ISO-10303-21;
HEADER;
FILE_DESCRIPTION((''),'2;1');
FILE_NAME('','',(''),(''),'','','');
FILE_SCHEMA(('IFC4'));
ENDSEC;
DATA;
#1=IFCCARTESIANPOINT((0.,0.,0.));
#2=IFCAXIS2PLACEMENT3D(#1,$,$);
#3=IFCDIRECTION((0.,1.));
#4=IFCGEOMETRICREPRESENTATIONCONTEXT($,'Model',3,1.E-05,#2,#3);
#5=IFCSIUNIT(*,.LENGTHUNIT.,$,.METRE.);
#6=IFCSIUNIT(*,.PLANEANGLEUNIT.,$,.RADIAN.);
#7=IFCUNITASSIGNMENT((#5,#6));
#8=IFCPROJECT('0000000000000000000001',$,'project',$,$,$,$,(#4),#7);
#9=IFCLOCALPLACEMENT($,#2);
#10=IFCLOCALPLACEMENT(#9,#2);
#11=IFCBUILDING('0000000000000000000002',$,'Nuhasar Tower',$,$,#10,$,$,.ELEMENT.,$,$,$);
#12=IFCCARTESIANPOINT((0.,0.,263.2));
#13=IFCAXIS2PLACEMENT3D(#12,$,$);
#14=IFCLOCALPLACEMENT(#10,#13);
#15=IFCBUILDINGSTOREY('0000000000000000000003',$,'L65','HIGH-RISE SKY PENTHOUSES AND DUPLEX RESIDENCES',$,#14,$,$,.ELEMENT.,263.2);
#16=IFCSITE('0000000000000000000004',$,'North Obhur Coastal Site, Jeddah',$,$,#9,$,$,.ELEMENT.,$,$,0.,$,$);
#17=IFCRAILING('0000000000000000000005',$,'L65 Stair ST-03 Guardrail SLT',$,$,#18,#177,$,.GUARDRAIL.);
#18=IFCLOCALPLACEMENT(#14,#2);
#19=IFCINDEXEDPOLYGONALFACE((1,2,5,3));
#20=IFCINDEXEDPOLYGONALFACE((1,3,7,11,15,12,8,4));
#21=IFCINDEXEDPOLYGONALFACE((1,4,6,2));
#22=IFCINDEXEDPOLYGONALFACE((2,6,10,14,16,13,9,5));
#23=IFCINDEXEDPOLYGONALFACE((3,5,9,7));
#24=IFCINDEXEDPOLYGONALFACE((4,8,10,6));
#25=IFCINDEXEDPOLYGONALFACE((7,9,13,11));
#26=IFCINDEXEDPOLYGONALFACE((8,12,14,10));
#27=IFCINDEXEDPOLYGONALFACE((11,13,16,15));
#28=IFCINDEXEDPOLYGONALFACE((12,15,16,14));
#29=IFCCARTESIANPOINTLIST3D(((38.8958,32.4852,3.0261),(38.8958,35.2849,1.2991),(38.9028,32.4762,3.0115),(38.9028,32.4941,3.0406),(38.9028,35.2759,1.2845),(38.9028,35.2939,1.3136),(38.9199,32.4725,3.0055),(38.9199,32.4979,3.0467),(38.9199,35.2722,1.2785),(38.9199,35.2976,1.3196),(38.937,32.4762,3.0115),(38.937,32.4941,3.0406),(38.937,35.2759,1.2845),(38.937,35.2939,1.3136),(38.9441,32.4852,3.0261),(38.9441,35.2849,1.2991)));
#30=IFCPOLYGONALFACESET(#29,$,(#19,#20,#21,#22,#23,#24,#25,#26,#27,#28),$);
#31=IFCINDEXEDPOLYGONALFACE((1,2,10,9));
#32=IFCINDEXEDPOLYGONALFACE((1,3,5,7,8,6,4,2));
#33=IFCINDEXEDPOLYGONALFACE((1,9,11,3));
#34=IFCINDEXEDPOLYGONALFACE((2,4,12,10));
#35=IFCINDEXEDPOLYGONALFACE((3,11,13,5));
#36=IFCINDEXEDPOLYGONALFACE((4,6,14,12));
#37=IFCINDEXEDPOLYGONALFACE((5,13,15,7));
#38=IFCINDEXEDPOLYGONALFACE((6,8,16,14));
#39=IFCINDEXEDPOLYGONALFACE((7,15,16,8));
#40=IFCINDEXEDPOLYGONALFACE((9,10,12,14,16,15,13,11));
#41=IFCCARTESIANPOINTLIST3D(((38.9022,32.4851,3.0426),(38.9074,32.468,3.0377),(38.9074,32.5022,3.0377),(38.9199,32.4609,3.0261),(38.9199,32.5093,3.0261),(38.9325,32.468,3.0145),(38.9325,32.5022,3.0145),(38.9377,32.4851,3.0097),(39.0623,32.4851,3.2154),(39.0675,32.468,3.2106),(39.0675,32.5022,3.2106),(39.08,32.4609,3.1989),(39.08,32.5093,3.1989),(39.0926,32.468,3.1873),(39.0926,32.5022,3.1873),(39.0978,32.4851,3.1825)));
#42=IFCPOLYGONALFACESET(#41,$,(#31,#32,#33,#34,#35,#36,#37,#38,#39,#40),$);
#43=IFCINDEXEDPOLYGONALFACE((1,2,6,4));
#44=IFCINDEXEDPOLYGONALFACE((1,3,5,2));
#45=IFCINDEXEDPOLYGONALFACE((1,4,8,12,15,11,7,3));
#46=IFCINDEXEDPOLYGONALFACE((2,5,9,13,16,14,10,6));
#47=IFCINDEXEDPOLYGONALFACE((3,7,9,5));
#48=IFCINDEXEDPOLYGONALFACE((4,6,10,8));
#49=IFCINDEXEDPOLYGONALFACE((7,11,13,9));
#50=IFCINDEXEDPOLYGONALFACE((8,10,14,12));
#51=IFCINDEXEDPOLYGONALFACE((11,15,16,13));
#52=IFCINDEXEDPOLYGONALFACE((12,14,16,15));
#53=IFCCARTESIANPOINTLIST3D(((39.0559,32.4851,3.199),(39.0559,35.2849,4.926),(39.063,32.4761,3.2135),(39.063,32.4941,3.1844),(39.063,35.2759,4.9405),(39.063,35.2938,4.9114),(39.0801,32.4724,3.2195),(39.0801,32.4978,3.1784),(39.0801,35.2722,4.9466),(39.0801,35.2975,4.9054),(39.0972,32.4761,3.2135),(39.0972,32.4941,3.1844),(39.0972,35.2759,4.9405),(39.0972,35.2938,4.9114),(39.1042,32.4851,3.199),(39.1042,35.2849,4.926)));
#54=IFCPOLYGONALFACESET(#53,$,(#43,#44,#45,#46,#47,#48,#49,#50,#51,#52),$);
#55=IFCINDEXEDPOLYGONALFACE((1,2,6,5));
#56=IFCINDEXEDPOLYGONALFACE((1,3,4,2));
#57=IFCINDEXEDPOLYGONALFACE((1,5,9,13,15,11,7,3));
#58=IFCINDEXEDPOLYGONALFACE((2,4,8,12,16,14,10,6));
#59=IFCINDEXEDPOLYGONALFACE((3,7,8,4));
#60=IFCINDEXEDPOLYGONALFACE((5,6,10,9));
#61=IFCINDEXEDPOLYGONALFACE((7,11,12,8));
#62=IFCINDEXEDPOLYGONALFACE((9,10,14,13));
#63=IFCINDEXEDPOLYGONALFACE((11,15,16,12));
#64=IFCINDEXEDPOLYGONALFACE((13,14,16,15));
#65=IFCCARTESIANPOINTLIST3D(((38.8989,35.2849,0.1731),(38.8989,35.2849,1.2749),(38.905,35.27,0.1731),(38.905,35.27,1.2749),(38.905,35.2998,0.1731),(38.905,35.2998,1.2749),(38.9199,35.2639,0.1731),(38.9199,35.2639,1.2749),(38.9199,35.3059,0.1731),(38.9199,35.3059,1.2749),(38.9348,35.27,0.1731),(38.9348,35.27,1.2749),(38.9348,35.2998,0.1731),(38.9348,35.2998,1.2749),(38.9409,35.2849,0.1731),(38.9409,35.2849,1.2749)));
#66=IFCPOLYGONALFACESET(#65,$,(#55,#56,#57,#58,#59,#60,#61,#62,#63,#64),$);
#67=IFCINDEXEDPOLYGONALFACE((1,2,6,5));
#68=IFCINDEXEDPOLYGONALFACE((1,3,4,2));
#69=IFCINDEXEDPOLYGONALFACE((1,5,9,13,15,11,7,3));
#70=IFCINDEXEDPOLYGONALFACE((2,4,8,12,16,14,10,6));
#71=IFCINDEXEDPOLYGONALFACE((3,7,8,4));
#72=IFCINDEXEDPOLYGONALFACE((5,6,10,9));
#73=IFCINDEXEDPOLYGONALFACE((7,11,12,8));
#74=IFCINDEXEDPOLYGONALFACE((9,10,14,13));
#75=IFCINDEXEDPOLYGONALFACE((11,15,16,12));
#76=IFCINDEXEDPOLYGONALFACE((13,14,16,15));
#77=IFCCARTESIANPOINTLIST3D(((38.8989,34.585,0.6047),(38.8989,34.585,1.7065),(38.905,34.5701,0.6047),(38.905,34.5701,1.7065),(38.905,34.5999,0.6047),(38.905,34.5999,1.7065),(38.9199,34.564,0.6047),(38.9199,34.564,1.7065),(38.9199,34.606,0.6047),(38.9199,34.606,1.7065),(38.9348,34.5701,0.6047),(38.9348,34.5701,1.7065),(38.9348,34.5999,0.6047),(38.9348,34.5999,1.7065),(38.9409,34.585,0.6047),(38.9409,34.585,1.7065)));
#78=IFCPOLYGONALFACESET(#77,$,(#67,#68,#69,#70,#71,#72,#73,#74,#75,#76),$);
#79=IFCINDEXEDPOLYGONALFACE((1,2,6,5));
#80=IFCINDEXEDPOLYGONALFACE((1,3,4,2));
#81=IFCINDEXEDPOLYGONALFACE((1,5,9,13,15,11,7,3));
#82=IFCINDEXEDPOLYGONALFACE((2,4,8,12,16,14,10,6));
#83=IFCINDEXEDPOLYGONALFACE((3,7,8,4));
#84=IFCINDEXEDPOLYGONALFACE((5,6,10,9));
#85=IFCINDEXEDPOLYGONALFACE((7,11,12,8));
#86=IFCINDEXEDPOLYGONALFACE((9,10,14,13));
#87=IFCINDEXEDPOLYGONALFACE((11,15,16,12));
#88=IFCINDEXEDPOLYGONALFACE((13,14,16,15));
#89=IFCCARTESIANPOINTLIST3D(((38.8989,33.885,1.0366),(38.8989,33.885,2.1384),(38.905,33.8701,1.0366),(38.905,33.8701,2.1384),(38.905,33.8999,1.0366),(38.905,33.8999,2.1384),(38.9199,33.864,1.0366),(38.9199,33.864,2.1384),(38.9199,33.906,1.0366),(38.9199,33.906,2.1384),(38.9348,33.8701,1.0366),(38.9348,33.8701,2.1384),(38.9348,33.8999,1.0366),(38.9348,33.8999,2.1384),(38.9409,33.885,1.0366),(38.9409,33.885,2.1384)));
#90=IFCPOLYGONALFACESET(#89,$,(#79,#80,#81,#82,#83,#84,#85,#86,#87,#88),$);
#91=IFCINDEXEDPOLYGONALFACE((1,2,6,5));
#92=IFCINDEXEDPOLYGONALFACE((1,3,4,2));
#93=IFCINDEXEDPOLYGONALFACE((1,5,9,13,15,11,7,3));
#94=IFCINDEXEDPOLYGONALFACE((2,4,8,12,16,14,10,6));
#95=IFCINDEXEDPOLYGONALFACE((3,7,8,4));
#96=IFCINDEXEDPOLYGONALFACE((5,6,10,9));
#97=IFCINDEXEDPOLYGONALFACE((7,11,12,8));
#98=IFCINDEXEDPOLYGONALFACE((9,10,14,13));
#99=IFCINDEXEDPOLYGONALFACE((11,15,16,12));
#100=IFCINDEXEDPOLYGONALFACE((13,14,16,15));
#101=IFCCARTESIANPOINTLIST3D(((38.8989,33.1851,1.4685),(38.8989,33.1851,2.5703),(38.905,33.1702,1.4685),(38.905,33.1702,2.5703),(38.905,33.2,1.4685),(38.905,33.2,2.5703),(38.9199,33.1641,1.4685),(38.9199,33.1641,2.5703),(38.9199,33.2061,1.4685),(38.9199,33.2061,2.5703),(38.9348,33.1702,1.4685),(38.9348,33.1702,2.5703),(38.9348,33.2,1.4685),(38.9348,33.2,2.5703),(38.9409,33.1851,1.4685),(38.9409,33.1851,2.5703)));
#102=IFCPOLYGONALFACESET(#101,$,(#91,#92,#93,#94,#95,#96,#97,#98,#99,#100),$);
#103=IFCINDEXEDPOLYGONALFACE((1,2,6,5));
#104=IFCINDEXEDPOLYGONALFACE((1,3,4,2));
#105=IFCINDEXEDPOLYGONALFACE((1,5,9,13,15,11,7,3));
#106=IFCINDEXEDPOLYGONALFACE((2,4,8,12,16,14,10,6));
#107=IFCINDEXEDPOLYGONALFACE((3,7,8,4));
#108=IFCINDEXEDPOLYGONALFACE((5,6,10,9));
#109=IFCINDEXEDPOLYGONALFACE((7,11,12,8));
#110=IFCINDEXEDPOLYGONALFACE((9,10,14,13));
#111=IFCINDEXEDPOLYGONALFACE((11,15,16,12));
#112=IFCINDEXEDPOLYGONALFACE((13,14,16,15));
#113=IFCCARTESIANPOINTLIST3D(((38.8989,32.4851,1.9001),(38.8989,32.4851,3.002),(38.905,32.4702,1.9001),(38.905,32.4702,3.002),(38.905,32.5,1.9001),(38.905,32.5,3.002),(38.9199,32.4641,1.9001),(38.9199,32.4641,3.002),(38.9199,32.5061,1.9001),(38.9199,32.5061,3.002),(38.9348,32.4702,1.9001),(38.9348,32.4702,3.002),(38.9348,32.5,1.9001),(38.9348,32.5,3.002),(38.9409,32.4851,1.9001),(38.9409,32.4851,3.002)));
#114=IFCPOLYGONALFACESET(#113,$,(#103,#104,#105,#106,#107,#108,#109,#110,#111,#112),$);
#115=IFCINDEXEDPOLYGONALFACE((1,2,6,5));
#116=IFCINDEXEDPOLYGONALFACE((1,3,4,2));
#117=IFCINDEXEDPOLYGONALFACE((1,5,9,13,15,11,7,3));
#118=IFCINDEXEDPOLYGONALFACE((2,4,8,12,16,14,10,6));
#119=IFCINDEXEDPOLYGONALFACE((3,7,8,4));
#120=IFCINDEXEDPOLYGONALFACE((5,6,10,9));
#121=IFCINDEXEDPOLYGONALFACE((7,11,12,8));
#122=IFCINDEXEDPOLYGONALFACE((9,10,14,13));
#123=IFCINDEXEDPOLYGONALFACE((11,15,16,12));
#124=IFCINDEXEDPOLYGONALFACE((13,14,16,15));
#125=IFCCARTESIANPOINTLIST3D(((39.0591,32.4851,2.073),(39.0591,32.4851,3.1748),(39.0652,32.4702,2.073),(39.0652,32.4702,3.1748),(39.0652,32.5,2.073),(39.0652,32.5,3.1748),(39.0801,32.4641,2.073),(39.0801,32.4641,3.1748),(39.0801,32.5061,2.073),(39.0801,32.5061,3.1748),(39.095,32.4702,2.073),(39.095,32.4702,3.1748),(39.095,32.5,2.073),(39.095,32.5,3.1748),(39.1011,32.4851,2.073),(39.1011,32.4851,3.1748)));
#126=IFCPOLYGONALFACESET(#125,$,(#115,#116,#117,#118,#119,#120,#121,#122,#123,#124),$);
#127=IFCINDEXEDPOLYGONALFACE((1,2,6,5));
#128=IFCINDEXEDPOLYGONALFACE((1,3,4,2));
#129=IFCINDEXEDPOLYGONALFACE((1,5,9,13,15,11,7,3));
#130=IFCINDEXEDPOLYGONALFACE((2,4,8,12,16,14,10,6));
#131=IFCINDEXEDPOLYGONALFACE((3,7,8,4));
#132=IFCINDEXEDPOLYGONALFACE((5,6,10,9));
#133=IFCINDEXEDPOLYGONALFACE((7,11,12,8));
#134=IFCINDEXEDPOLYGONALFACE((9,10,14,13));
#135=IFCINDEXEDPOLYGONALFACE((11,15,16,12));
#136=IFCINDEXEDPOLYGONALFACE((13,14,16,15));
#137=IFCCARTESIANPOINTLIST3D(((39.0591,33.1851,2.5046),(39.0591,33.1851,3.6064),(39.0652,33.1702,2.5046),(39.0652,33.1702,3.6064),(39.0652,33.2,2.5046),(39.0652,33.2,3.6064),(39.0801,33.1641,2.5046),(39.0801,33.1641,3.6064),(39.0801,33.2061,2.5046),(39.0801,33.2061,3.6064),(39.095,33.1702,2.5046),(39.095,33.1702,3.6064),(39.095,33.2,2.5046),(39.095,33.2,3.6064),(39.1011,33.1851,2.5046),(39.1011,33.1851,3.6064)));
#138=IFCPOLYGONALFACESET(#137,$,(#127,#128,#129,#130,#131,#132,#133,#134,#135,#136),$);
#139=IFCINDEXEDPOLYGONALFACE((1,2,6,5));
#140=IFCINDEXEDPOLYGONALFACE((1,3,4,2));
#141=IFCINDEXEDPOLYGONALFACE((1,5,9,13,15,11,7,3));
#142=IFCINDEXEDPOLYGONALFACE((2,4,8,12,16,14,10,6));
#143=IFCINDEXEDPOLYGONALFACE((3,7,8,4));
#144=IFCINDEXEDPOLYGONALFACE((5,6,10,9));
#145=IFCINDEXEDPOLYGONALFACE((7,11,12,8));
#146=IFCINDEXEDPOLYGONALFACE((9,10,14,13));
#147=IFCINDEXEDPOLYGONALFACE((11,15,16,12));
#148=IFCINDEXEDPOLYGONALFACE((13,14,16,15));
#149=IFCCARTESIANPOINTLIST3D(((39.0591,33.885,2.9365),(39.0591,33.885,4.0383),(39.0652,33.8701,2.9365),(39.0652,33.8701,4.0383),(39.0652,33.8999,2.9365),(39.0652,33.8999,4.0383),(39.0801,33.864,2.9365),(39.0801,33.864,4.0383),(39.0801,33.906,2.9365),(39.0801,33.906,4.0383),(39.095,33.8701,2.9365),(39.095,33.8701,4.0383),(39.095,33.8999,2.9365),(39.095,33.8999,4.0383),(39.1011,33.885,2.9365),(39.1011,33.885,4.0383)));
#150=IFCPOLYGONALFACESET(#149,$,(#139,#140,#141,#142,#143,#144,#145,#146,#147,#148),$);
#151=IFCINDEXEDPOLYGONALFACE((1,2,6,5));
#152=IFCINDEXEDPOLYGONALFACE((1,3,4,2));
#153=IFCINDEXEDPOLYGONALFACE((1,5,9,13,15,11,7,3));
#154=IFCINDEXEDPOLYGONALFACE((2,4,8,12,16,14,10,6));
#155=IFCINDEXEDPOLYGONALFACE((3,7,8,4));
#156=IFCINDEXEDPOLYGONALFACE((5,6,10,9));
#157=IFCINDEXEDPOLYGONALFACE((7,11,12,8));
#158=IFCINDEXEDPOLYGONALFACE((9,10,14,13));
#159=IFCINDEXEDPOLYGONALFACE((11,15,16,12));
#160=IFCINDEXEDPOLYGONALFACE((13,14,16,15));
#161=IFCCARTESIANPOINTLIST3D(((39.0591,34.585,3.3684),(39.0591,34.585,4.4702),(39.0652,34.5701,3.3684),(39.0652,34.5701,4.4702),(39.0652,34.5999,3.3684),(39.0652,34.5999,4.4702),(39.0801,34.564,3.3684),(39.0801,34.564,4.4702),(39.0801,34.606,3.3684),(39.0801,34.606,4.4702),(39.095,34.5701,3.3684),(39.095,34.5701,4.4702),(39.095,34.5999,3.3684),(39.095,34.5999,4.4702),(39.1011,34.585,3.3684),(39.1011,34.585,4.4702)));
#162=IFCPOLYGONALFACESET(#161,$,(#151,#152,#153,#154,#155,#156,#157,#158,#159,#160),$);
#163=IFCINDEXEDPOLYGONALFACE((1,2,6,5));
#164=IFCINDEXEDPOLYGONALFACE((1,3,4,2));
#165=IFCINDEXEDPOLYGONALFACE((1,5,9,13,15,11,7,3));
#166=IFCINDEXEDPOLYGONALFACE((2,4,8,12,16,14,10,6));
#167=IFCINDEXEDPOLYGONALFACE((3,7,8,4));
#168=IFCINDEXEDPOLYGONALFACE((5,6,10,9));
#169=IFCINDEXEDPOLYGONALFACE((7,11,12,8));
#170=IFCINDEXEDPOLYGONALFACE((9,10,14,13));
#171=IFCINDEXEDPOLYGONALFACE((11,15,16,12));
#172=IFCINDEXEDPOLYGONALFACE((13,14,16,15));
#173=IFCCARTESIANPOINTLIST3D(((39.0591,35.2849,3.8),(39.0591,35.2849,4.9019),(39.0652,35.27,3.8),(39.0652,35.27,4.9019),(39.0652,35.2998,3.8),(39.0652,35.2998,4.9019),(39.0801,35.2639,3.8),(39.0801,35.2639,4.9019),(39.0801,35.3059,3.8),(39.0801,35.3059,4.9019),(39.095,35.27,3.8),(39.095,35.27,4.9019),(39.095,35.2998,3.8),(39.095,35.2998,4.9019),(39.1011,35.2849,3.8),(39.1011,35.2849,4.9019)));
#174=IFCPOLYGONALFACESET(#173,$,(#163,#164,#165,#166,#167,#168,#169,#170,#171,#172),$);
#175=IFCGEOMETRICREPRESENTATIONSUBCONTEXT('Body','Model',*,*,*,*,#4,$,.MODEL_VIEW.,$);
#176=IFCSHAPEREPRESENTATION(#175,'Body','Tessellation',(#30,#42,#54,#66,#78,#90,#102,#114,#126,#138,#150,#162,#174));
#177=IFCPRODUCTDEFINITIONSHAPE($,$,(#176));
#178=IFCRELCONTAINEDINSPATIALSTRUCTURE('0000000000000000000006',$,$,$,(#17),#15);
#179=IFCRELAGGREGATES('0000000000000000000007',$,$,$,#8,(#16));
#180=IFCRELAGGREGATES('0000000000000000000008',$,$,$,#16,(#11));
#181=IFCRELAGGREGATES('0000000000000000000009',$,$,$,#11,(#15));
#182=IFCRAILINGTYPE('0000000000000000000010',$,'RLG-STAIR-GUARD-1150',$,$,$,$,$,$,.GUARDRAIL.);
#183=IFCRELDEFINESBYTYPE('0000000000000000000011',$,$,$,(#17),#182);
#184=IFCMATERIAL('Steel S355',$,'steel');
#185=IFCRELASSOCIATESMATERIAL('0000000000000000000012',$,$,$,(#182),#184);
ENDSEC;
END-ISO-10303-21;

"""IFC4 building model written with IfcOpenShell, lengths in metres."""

from ifc_helpers import new_model, si_unit, direction, frame, origin, place, context, subcontext, project, spatial, polyline, outline, extrude, material, type_object, element, save


model = new_model("IFC4")

# Units and contexts
model_context = context("Model", 3, precision=1e-05, world=origin(), true_north=direction((0.0, 1.0)))
body_context = subcontext(model_context, "Body", "Model", "MODEL_VIEW")
ifc_project = project(units=[si_unit("LENGTHUNIT", "METRE"), si_unit("PLANEANGLEUNIT", "RADIAN")], contexts=[model_context])

# Site, building, storey
site_placement = place(None, origin())
site = spatial("IfcSite", under=ifc_project, at=site_placement, Name="North Obhur Coastal Site, Jeddah", CompositionType="ELEMENT", RefElevation=0.0)
building_placement = place(site_placement, origin())
building = spatial("IfcBuilding", under=site, at=building_placement, Name="Nuhasar Tower", CompositionType="ELEMENT")
storey_placement = place(building_placement, frame((0.0, 0.0, 263.2)))
storey = spatial("IfcBuildingStorey", under=building, at=storey_placement, Name="L65", Description="HIGH-RISE SKY PENTHOUSES AND DUPLEX RESIDENCES", CompositionType="ELEMENT", Elevation=263.2)

# Shared definitions
ifc_material_1 = material(Name="Steel S355", Category="steel")

# Railing
railing_type_1 = type_object("IfcRailingType", Name="RLG-STAIR-GUARD-1150", PredefinedType="GUARDRAIL", material=ifc_material_1)
railing_1_placement = place(storey_placement, frame((38.9199, 35.2849, 0.1731)))
element("IfcRailing", 1, at=railing_1_placement, inside=storey, type_object=railing_type_1, Name="L65 Stair ST-03 Guardrail SLT", PredefinedType="GUARDRAIL", context=body_context, shape_type="SweptSolid", body=[
    extrude(outline(polyline([(0.0242, 0.0), (0.0171, 0.0171), (0.0, 0.0242), (-0.0171, 0.0171), (-0.0242, 0.0), (-0.0171, -0.0171), (0.0, -0.0242), (0.0171, -0.0171), (0.0242, 0.0)])), frame((0.0, 0.0, 1.126), z_axis=(0.0, -0.851102, 0.525), x_axis=(1.0, 0.0, 0.0)), (0.0, 0.0, 1.0), 3.2896),
    extrude(outline(polyline([(0.0242, 0.0), (0.0171, 0.0171), (0.0, 0.0242), (-0.0171, 0.0171), (-0.0242, 0.0), (-0.0171, -0.0171), (0.0, -0.0242), (0.0171, -0.0171), (0.0242, 0.0)])), frame((0.0, -2.7998, 2.853), z_axis=(0.679656, 0.0, 0.733531), x_axis=(0.0, 1.0, 0.0)), (0.0, 0.0, 1.0), 0.2356),
    extrude(outline(polyline([(0.0242, 0.0), (0.0171, 0.0171), (0.0, 0.0242), (-0.0171, 0.0171), (-0.0242, 0.0), (-0.0171, -0.0171), (0.0, -0.0242), (0.0171, -0.0171), (0.0242, 0.0)])), frame((0.1602, -2.7998, 3.0259), z_axis=(0.0, 0.851102, 0.525), x_axis=(-1.0, 0.0, 0.0)), (0.0, 0.0, 1.0), 3.2896),
    extrude(outline(polyline([(0.021, 0.0), (0.0149, 0.0149), (0.0, 0.021), (-0.0149, 0.0149), (-0.021, 0.0), (-0.0149, -0.0149), (0.0, -0.021), (0.0149, -0.0149), (0.021, 0.0)])), origin(), (0.0, 0.0, 1.0), 1.1018),
    extrude(outline(polyline([(0.021, 0.0), (0.0149, 0.0149), (0.0, 0.021), (-0.0149, 0.0149), (-0.021, 0.0), (-0.0149, -0.0149), (0.0, -0.021), (0.0149, -0.0149), (0.021, 0.0)])), frame((0.0, -0.7, 0.4316)), (0.0, 0.0, 1.0), 1.1018),
    extrude(outline(polyline([(0.021, 0.0), (0.0149, 0.0149), (0.0, 0.021), (-0.0149, 0.0149), (-0.021, 0.0), (-0.0149, -0.0149), (0.0, -0.021), (0.0149, -0.0149), (0.021, 0.0)])), frame((0.0, -1.3999, 0.8635)), (0.0, 0.0, 1.0), 1.1018),
    extrude(outline(polyline([(0.021, 0.0), (0.0149, 0.0149), (0.0, 0.021), (-0.0149, 0.0149), (-0.021, 0.0), (-0.0149, -0.0149), (0.0, -0.021), (0.0149, -0.0149), (0.021, 0.0)])), frame((0.0, -2.0999, 1.2954)), (0.0, 0.0, 1.0), 1.1018),
    extrude(outline(polyline([(0.021, 0.0), (0.0149, 0.0149), (0.0, 0.021), (-0.0149, 0.0149), (-0.021, 0.0), (-0.0149, -0.0149), (0.0, -0.021), (0.0149, -0.0149), (0.021, 0.0)])), frame((0.0, -2.7998, 1.7271)), (0.0, 0.0, 1.0), 1.1018),
    extrude(outline(polyline([(0.021, 0.0), (0.0149, 0.0149), (0.0, 0.021), (-0.0149, 0.0149), (-0.021, 0.0), (-0.0149, -0.0149), (0.0, -0.021), (0.0149, -0.0149), (0.021, 0.0)])), frame((0.1602, -2.7998, 1.8999)), (0.0, 0.0, 1.0), 1.1018),
    extrude(outline(polyline([(0.021, 0.0), (0.0149, 0.0149), (0.0, 0.021), (-0.0149, 0.0149), (-0.021, 0.0), (-0.0149, -0.0149), (0.0, -0.021), (0.0149, -0.0149), (0.021, 0.0)])), frame((0.1602, -2.0999, 2.3315)), (0.0, 0.0, 1.0), 1.1018),
    extrude(outline(polyline([(0.021, 0.0), (0.0149, 0.0149), (0.0, 0.021), (-0.0149, 0.0149), (-0.021, 0.0), (-0.0149, -0.0149), (0.0, -0.021), (0.0149, -0.0149), (0.021, 0.0)])), frame((0.1602, -1.3999, 2.7634)), (0.0, 0.0, 1.0), 1.1018),
    extrude(outline(polyline([(0.021, 0.0), (0.0149, 0.0149), (0.0, 0.021), (-0.0149, 0.0149), (-0.021, 0.0), (-0.0149, -0.0149), (0.0, -0.021), (0.0149, -0.0149), (0.021, 0.0)])), frame((0.1602, -0.7, 3.1953)), (0.0, 0.0, 1.0), 1.1018),
    extrude(outline(polyline([(0.021, 0.0), (0.0149, 0.0149), (0.0, 0.021), (-0.0149, 0.0149), (-0.021, 0.0), (-0.0149, -0.0149), (0.0, -0.021), (0.0149, -0.0149), (0.021, 0.0)])), frame((0.1602, 0.0, 3.627)), (0.0, 0.0, 1.0), 1.1018),
])

save(model, "model.ifc")
